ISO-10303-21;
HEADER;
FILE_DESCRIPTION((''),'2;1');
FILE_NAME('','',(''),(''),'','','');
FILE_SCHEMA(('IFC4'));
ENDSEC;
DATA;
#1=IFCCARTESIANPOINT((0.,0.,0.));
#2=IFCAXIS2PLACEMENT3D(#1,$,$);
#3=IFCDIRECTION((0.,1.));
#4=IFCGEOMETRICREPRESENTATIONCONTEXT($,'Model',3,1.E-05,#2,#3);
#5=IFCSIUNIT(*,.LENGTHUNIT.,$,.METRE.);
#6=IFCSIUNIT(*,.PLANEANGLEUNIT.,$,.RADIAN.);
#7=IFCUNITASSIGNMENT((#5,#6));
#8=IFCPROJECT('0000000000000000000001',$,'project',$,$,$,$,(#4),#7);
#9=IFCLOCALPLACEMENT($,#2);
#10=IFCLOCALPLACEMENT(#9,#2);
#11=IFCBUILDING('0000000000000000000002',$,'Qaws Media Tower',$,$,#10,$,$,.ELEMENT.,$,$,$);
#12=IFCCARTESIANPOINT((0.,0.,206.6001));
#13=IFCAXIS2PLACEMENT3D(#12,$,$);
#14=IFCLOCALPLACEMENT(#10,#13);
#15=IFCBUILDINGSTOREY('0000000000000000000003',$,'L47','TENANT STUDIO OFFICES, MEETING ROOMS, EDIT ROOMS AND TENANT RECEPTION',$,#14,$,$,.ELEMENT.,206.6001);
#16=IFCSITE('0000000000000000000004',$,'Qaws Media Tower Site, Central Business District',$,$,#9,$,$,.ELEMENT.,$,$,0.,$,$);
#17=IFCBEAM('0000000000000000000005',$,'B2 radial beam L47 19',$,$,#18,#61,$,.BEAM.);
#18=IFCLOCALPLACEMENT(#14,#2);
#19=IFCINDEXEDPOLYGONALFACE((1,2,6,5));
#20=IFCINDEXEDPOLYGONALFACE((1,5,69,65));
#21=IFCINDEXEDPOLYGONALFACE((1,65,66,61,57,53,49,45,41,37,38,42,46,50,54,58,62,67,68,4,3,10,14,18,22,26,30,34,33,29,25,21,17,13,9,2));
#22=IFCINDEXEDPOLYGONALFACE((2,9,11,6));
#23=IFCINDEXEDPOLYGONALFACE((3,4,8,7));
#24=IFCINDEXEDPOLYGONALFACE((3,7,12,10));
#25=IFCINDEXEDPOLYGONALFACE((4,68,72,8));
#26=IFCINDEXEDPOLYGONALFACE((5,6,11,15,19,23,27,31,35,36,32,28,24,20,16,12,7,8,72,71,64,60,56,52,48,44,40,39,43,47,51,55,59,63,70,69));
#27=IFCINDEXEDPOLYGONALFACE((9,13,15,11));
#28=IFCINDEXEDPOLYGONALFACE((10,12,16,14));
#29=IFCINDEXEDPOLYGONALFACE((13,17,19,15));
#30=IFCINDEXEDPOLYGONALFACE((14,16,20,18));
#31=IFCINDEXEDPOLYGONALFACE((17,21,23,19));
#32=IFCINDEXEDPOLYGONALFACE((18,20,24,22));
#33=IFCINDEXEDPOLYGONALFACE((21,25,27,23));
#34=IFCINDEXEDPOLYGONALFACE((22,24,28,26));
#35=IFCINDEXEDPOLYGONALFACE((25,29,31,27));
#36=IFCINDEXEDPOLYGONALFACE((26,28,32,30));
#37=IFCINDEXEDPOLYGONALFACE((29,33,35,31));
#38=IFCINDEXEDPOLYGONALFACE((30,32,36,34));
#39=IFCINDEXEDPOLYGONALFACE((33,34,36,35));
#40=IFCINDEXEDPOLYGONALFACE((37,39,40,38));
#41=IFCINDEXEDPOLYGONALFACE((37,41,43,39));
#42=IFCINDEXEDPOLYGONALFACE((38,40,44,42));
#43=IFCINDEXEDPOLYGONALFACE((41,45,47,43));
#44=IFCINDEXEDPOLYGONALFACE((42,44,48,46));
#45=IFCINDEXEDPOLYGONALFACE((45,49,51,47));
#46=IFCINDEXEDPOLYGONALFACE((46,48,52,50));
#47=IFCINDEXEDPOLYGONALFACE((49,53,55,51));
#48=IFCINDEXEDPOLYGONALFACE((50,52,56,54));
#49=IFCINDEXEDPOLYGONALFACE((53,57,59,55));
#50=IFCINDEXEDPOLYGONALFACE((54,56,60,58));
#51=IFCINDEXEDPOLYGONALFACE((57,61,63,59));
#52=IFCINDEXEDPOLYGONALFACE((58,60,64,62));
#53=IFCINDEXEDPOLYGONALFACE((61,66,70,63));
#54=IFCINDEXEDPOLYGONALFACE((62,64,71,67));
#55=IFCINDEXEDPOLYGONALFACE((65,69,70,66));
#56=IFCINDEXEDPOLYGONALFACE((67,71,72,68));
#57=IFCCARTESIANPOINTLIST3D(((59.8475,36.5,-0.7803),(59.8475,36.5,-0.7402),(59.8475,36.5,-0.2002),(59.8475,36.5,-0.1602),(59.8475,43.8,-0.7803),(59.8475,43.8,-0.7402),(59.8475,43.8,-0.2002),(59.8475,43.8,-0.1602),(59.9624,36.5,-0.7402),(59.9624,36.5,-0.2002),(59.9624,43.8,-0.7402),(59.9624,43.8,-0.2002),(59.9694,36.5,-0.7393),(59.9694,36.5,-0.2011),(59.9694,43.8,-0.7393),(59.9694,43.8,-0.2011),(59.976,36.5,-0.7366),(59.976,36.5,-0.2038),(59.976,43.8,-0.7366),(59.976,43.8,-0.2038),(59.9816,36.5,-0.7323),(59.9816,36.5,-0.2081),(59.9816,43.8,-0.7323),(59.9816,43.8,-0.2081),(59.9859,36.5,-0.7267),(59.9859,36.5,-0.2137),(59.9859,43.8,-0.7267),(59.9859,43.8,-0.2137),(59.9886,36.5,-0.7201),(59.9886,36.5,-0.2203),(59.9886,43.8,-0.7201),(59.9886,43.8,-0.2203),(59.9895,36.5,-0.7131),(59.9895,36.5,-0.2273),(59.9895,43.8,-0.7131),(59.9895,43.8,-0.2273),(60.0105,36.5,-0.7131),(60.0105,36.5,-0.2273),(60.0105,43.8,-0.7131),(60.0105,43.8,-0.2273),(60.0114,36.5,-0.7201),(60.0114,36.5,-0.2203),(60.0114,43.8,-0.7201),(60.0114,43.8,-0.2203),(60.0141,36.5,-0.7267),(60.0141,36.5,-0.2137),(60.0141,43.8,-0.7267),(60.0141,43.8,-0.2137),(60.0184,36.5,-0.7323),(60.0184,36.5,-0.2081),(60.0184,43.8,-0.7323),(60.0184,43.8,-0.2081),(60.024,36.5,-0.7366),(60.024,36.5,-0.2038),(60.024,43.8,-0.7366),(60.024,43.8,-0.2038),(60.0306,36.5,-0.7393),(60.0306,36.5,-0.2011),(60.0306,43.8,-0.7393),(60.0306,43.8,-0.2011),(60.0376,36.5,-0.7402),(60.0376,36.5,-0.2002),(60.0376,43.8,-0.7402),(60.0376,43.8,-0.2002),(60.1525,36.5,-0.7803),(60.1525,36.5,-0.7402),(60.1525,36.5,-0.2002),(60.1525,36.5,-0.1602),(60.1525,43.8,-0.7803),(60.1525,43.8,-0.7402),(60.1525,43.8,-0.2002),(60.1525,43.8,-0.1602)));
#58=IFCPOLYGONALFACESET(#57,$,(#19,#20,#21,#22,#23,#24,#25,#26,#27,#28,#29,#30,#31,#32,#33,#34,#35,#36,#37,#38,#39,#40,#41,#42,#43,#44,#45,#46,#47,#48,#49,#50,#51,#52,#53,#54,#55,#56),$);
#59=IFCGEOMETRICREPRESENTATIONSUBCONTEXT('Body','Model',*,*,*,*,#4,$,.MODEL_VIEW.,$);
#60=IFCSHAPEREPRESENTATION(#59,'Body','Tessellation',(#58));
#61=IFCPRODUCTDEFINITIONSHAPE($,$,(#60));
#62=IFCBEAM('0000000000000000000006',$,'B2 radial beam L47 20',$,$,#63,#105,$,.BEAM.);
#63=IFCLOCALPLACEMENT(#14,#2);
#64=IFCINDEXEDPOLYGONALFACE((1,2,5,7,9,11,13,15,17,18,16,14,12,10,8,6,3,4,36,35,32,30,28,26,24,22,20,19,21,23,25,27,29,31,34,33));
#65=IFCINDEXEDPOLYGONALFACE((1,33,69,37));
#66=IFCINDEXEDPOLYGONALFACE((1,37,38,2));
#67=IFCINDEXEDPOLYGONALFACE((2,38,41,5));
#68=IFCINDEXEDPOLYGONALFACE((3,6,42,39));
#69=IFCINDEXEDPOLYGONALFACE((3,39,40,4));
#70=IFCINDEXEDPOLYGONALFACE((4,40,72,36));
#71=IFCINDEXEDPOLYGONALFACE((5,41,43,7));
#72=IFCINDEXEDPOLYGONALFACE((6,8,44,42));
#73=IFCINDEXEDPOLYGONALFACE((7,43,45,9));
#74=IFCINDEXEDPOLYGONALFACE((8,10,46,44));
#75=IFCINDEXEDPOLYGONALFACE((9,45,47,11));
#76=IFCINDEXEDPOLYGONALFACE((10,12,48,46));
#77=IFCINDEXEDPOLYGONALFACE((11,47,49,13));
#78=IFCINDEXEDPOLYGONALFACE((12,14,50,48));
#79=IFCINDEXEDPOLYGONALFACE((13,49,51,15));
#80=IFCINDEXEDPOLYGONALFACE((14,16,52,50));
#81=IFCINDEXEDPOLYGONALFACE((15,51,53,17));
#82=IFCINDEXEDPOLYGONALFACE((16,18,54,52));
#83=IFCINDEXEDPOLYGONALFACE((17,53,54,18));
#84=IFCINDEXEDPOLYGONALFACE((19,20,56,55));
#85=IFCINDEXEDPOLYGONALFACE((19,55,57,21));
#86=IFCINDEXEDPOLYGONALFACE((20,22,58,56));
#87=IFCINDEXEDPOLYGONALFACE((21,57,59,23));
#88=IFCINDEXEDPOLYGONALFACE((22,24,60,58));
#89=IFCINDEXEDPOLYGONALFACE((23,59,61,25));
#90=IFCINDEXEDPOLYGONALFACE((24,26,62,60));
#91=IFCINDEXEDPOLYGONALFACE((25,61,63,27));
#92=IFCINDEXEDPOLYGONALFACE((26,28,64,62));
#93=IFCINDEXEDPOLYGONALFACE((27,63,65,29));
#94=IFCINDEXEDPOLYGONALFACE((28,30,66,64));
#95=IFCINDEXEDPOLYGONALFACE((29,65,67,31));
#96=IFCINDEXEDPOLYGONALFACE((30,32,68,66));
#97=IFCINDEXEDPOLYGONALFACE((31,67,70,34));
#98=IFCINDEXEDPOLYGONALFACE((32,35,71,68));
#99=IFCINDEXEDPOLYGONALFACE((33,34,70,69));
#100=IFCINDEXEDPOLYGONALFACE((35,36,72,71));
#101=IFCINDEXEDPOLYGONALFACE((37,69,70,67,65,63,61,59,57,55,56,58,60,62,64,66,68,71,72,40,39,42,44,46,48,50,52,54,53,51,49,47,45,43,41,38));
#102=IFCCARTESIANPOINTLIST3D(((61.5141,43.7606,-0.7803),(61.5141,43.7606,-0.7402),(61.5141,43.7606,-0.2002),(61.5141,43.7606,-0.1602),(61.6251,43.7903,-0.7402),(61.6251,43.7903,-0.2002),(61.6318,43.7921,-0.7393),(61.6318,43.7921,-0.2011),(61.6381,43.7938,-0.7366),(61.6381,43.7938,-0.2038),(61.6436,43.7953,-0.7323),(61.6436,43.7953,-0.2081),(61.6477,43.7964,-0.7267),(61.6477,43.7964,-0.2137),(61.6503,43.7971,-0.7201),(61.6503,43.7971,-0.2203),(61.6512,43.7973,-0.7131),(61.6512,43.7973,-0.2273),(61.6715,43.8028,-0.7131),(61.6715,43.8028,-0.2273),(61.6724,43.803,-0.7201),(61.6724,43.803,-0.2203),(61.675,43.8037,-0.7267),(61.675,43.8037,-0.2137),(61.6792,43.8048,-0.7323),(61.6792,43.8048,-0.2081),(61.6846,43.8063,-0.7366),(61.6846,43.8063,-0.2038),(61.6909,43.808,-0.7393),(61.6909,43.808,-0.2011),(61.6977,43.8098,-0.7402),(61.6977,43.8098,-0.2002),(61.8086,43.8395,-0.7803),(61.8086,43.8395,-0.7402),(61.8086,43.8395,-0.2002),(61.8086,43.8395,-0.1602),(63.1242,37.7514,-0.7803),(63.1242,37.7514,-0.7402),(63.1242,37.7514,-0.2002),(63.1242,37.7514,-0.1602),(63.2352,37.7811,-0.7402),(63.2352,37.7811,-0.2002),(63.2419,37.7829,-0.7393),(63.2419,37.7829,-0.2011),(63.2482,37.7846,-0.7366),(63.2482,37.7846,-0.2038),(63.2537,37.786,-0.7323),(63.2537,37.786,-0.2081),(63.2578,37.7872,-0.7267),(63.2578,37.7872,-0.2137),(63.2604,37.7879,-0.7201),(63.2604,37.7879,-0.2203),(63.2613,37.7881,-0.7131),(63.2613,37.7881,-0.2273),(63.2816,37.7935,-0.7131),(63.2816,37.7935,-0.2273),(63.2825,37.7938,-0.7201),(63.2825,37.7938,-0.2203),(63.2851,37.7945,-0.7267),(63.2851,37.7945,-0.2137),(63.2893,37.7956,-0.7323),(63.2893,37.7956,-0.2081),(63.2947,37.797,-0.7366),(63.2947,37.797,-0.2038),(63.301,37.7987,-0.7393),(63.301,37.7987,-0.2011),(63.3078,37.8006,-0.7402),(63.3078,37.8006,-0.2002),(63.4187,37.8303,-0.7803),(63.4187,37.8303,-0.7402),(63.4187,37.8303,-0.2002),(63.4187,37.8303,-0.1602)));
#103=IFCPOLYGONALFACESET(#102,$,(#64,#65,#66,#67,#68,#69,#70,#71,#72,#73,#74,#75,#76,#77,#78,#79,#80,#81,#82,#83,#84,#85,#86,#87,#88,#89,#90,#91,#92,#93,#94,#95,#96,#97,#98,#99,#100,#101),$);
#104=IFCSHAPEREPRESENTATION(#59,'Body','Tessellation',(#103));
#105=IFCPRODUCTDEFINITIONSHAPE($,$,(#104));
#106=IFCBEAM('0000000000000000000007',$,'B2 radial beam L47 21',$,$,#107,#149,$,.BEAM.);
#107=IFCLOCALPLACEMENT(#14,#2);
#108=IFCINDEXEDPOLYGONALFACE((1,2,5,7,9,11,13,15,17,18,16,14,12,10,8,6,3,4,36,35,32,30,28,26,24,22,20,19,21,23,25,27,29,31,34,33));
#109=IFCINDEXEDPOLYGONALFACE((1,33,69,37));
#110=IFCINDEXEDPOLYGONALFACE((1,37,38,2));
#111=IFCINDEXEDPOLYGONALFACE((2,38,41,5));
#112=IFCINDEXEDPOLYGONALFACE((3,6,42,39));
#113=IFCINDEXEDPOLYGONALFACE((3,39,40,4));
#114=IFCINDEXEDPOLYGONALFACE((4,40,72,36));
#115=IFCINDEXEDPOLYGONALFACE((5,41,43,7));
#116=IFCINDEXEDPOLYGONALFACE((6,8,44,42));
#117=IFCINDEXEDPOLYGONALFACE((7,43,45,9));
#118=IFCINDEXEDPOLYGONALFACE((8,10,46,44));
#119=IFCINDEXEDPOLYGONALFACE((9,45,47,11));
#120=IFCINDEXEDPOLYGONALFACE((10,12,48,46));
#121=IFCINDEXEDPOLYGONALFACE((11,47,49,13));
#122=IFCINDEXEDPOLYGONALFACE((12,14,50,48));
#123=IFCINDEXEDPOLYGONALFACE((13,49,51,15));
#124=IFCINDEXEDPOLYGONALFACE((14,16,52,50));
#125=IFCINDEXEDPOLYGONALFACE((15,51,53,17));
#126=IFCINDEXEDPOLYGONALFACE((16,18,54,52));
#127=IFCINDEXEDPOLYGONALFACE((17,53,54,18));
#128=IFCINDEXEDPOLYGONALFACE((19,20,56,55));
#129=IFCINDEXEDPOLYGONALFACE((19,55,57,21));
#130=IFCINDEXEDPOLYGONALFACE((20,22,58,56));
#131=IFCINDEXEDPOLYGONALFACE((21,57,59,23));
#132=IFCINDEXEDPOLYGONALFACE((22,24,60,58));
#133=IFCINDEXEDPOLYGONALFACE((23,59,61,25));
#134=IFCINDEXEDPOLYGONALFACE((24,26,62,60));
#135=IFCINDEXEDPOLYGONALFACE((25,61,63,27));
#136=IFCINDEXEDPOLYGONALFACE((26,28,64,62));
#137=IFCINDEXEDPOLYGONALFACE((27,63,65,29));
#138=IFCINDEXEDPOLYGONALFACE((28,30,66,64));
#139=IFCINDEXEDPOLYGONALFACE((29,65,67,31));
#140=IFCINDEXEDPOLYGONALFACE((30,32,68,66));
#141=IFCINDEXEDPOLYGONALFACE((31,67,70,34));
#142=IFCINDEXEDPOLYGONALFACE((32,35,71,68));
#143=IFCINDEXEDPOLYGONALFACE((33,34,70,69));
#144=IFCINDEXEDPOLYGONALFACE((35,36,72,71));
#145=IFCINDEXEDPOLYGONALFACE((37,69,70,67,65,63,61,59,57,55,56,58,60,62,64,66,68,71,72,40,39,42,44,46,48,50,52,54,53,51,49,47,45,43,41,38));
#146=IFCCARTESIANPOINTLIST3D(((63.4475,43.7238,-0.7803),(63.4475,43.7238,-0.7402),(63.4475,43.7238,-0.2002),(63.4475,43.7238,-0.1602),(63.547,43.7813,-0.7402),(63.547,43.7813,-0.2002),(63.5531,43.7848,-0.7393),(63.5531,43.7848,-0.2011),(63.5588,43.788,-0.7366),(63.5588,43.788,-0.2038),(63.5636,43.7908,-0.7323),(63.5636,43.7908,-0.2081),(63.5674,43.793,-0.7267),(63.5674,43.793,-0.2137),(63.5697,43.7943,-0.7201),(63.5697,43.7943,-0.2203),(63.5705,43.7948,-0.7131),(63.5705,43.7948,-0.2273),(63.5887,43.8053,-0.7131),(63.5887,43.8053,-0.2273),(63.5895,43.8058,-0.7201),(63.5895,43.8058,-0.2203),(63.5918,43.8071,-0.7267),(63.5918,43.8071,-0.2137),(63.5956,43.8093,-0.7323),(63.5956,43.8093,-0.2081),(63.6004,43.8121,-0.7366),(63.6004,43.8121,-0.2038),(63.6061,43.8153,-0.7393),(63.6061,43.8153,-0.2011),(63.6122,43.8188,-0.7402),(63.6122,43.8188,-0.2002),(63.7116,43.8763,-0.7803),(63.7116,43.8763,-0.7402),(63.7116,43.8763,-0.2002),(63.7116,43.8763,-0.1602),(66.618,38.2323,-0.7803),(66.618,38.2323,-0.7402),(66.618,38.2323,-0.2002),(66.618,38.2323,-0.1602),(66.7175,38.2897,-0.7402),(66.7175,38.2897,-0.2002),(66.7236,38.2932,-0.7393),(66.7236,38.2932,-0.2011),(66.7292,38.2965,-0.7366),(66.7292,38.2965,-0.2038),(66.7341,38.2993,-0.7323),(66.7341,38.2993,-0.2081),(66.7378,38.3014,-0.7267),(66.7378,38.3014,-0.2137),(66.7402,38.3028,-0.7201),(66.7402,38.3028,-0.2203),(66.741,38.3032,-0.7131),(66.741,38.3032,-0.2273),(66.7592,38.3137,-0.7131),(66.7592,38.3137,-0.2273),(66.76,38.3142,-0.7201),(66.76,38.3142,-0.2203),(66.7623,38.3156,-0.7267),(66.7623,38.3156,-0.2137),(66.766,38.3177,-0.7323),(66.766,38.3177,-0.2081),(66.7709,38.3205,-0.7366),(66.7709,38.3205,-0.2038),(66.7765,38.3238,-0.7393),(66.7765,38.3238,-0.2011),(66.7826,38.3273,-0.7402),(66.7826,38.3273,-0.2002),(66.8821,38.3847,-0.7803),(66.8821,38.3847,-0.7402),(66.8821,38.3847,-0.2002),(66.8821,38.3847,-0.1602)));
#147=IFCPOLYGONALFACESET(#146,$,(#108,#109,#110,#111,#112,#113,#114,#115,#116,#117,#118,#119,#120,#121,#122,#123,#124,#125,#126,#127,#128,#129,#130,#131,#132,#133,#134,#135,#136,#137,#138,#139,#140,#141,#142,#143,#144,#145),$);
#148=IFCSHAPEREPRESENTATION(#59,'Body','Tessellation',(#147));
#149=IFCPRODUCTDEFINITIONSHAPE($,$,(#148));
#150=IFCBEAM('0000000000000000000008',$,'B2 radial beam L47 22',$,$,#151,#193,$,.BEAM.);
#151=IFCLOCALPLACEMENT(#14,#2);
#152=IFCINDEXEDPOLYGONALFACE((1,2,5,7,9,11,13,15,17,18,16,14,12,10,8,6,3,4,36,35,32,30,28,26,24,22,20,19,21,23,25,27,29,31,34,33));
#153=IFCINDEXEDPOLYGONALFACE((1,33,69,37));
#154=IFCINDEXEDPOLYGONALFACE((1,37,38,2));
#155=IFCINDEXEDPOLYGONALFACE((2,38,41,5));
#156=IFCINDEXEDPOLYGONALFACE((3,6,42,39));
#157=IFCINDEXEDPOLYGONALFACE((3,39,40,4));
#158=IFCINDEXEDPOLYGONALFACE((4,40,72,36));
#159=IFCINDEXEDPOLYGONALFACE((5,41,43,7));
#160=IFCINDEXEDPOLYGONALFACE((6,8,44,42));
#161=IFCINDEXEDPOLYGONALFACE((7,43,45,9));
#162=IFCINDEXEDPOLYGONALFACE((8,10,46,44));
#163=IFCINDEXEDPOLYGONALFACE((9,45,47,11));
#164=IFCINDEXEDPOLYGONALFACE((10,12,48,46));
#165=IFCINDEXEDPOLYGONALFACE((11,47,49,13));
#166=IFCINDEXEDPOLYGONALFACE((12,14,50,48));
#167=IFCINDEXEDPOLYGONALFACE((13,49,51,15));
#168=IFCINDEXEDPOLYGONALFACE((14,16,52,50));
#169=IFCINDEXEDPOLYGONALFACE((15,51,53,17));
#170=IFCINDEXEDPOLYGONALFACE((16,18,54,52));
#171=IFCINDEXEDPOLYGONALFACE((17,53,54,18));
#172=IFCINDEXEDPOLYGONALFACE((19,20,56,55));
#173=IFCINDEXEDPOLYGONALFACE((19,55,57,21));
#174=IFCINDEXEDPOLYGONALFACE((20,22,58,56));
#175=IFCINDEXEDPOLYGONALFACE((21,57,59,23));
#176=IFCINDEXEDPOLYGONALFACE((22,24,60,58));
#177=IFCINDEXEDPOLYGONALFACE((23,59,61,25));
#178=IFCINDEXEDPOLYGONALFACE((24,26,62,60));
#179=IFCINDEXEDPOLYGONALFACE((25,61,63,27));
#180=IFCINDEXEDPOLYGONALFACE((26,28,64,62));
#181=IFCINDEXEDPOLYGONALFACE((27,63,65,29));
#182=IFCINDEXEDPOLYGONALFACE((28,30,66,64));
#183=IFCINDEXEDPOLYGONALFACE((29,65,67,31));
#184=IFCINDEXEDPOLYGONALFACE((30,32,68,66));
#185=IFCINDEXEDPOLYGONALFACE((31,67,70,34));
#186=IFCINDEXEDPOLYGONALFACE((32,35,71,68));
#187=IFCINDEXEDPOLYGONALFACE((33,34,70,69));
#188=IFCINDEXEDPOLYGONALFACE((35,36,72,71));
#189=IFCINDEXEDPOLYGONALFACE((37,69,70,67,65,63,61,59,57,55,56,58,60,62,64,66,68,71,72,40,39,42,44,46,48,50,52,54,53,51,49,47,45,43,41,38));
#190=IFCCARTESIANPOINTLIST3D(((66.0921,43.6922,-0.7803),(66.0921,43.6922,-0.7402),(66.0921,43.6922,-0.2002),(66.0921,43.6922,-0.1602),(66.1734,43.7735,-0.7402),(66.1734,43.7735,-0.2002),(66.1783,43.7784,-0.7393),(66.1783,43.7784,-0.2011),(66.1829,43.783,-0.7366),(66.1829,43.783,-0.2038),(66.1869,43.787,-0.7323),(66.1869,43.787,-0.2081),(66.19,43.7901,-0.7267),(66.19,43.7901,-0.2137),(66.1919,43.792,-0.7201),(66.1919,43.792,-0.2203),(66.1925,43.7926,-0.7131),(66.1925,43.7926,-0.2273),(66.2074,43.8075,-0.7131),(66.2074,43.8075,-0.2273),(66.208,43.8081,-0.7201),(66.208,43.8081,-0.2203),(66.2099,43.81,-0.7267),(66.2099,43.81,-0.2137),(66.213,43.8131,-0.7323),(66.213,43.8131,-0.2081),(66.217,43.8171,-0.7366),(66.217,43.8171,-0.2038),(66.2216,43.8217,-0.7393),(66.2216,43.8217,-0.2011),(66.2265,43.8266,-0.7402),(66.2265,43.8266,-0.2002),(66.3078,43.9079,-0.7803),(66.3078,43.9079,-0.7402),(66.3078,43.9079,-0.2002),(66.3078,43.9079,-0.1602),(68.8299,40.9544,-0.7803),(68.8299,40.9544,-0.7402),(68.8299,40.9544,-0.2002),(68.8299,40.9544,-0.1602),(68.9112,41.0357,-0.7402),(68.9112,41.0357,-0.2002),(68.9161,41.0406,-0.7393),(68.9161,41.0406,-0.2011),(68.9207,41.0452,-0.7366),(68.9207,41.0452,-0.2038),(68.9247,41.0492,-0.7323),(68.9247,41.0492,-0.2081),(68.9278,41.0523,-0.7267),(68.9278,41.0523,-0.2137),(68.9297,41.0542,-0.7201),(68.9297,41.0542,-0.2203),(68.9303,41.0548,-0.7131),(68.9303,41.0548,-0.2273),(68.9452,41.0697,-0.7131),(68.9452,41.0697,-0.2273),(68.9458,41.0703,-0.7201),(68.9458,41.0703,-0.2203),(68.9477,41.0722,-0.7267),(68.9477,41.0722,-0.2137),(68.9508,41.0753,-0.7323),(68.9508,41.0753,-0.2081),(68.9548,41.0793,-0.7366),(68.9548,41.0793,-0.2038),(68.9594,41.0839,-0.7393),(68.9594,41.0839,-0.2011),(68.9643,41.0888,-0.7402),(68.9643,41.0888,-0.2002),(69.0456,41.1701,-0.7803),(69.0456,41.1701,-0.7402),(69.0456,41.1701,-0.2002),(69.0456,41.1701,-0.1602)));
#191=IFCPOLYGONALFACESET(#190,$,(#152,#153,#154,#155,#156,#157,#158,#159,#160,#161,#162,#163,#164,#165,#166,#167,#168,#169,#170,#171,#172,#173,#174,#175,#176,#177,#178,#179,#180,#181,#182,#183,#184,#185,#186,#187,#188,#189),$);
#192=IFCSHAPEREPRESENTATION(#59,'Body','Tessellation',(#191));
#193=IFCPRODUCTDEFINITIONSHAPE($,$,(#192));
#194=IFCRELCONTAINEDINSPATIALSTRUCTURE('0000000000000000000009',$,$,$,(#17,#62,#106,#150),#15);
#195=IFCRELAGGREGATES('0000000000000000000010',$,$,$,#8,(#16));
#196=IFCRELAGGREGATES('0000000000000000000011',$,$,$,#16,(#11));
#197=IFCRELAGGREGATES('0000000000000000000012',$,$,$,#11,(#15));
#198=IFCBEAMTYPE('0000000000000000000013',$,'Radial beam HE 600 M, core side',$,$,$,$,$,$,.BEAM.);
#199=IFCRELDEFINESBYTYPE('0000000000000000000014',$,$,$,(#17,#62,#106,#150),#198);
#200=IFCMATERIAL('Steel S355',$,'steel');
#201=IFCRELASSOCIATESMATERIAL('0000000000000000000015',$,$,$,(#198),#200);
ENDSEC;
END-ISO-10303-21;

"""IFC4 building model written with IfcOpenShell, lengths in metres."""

from ifc_helpers import new_model, si_unit, direction, frame, origin, origin_2d, place, context, subcontext, project, spatial, i_section, extrude, material, material_profile, profile_set, type_object, element, save


model = new_model("IFC4")

# Units and contexts
model_context = context("Model", 3, precision=1e-05, world=origin(), true_north=direction((0.0, 1.0)))
body_context = subcontext(model_context, "Body", "Model", "MODEL_VIEW")
ifc_project = project(units=[si_unit("LENGTHUNIT", "METRE"), si_unit("PLANEANGLEUNIT", "RADIAN")], contexts=[model_context])

# Site, building, storey
site_placement = place(None, origin())
site = spatial("IfcSite", under=ifc_project, at=site_placement, Name="Qaws Media Tower Site, Central Business District", CompositionType="ELEMENT", RefElevation=0.0)
building_placement = place(site_placement, origin())
building = spatial("IfcBuilding", under=site, at=building_placement, Name="Qaws Media Tower", CompositionType="ELEMENT")
storey_placement = place(building_placement, frame((0.0, 0.0, 206.6001)))
storey = spatial("IfcBuildingStorey", under=building, at=storey_placement, Name="L47", Description="TENANT STUDIO OFFICES, MEETING ROOMS, EDIT ROOMS AND TENANT RECEPTION", CompositionType="ELEMENT", Elevation=206.6001)

# Beams
ifc_material_1 = material(Name="Steel S355", Category="steel")
ifc_material_profile_1 = material_profile(ifc_material_1, i_section(OverallWidth=0.3049, OverallDepth=0.6201, WebThickness=0.021, FlangeThickness=0.04, FilletRadius=0.0271, at=origin_2d()), Name="HE 600 M")
ifc_profile_set_1 = profile_set([ifc_material_profile_1], Name="Steel S355")
beam_type_1 = type_object("IfcBeamType", Name="Radial beam HE 600 M, core side", PredefinedType="BEAM", material=ifc_profile_set_1)
beam_1_placement = place(storey_placement, frame((60.0, 43.8, -0.4702), z_axis=(0.0, -1.0, 0.0), x_axis=(1.0, 0.0, 0.0)))
element("IfcBeam", 1, at=beam_1_placement, inside=storey, type_object=beam_type_1, Name="B2 radial beam L47 19", PredefinedType="BEAM", context=body_context, shape_type="SweptSolid", body=[
    extrude(i_section(OverallWidth=0.3049, OverallDepth=0.6201, WebThickness=0.021, FlangeThickness=0.04, FilletRadius=0.0271, at=origin_2d()), origin(), (0.0, 0.0, 1.0), 7.3),
])
beam_2_placement = place(storey_placement, frame((61.6614, 43.8, -0.4702), z_axis=(0.258808, -0.965929, 0.0), x_axis=(0.965929, 0.258808, 0.0)))
element("IfcBeam", 2, at=beam_2_placement, inside=storey, type_object=beam_type_1, Name="B2 radial beam L47 20", PredefinedType="BEAM", context=body_context, shape_type="SweptSolid", body=[
    extrude(i_section(OverallWidth=0.3049, OverallDepth=0.6201, WebThickness=0.021, FlangeThickness=0.04, FilletRadius=0.0271, at=origin_2d()), origin(), (0.0, 0.0, 1.0), 6.2212),
])
beam_3_placement = place(storey_placement, frame((63.5796, 43.8, -0.4702), z_axis=(0.49999, -0.866031, 0.0), x_axis=(0.866031, 0.49999, 0.0)))
element("IfcBeam", 3, at=beam_3_placement, inside=storey, type_object=beam_type_1, Name="B2 radial beam L47 21", PredefinedType="BEAM", context=body_context, shape_type="SweptSolid", body=[
    extrude(i_section(OverallWidth=0.3049, OverallDepth=0.6201, WebThickness=0.021, FlangeThickness=0.04, FilletRadius=0.0271, at=origin_2d()), origin(), (0.0, 0.0, 1.0), 6.3411),
])
beam_4_placement = place(storey_placement, frame((66.2, 43.8, -0.4702), z_axis=(0.707107, -0.707107, 0.0), x_axis=(0.707107, 0.707107, 0.0)))
element("IfcBeam", 4, at=beam_4_placement, inside=storey, type_object=beam_type_1, Name="B2 radial beam L47 22", PredefinedType="BEAM", context=body_context, shape_type="SweptSolid", body=[
    extrude(i_section(OverallWidth=0.3049, OverallDepth=0.6201, WebThickness=0.021, FlangeThickness=0.04, FilletRadius=0.0271, at=origin_2d()), origin(), (0.0, 0.0, 1.0), 3.8718),
])

save(model, "model.ifc")
